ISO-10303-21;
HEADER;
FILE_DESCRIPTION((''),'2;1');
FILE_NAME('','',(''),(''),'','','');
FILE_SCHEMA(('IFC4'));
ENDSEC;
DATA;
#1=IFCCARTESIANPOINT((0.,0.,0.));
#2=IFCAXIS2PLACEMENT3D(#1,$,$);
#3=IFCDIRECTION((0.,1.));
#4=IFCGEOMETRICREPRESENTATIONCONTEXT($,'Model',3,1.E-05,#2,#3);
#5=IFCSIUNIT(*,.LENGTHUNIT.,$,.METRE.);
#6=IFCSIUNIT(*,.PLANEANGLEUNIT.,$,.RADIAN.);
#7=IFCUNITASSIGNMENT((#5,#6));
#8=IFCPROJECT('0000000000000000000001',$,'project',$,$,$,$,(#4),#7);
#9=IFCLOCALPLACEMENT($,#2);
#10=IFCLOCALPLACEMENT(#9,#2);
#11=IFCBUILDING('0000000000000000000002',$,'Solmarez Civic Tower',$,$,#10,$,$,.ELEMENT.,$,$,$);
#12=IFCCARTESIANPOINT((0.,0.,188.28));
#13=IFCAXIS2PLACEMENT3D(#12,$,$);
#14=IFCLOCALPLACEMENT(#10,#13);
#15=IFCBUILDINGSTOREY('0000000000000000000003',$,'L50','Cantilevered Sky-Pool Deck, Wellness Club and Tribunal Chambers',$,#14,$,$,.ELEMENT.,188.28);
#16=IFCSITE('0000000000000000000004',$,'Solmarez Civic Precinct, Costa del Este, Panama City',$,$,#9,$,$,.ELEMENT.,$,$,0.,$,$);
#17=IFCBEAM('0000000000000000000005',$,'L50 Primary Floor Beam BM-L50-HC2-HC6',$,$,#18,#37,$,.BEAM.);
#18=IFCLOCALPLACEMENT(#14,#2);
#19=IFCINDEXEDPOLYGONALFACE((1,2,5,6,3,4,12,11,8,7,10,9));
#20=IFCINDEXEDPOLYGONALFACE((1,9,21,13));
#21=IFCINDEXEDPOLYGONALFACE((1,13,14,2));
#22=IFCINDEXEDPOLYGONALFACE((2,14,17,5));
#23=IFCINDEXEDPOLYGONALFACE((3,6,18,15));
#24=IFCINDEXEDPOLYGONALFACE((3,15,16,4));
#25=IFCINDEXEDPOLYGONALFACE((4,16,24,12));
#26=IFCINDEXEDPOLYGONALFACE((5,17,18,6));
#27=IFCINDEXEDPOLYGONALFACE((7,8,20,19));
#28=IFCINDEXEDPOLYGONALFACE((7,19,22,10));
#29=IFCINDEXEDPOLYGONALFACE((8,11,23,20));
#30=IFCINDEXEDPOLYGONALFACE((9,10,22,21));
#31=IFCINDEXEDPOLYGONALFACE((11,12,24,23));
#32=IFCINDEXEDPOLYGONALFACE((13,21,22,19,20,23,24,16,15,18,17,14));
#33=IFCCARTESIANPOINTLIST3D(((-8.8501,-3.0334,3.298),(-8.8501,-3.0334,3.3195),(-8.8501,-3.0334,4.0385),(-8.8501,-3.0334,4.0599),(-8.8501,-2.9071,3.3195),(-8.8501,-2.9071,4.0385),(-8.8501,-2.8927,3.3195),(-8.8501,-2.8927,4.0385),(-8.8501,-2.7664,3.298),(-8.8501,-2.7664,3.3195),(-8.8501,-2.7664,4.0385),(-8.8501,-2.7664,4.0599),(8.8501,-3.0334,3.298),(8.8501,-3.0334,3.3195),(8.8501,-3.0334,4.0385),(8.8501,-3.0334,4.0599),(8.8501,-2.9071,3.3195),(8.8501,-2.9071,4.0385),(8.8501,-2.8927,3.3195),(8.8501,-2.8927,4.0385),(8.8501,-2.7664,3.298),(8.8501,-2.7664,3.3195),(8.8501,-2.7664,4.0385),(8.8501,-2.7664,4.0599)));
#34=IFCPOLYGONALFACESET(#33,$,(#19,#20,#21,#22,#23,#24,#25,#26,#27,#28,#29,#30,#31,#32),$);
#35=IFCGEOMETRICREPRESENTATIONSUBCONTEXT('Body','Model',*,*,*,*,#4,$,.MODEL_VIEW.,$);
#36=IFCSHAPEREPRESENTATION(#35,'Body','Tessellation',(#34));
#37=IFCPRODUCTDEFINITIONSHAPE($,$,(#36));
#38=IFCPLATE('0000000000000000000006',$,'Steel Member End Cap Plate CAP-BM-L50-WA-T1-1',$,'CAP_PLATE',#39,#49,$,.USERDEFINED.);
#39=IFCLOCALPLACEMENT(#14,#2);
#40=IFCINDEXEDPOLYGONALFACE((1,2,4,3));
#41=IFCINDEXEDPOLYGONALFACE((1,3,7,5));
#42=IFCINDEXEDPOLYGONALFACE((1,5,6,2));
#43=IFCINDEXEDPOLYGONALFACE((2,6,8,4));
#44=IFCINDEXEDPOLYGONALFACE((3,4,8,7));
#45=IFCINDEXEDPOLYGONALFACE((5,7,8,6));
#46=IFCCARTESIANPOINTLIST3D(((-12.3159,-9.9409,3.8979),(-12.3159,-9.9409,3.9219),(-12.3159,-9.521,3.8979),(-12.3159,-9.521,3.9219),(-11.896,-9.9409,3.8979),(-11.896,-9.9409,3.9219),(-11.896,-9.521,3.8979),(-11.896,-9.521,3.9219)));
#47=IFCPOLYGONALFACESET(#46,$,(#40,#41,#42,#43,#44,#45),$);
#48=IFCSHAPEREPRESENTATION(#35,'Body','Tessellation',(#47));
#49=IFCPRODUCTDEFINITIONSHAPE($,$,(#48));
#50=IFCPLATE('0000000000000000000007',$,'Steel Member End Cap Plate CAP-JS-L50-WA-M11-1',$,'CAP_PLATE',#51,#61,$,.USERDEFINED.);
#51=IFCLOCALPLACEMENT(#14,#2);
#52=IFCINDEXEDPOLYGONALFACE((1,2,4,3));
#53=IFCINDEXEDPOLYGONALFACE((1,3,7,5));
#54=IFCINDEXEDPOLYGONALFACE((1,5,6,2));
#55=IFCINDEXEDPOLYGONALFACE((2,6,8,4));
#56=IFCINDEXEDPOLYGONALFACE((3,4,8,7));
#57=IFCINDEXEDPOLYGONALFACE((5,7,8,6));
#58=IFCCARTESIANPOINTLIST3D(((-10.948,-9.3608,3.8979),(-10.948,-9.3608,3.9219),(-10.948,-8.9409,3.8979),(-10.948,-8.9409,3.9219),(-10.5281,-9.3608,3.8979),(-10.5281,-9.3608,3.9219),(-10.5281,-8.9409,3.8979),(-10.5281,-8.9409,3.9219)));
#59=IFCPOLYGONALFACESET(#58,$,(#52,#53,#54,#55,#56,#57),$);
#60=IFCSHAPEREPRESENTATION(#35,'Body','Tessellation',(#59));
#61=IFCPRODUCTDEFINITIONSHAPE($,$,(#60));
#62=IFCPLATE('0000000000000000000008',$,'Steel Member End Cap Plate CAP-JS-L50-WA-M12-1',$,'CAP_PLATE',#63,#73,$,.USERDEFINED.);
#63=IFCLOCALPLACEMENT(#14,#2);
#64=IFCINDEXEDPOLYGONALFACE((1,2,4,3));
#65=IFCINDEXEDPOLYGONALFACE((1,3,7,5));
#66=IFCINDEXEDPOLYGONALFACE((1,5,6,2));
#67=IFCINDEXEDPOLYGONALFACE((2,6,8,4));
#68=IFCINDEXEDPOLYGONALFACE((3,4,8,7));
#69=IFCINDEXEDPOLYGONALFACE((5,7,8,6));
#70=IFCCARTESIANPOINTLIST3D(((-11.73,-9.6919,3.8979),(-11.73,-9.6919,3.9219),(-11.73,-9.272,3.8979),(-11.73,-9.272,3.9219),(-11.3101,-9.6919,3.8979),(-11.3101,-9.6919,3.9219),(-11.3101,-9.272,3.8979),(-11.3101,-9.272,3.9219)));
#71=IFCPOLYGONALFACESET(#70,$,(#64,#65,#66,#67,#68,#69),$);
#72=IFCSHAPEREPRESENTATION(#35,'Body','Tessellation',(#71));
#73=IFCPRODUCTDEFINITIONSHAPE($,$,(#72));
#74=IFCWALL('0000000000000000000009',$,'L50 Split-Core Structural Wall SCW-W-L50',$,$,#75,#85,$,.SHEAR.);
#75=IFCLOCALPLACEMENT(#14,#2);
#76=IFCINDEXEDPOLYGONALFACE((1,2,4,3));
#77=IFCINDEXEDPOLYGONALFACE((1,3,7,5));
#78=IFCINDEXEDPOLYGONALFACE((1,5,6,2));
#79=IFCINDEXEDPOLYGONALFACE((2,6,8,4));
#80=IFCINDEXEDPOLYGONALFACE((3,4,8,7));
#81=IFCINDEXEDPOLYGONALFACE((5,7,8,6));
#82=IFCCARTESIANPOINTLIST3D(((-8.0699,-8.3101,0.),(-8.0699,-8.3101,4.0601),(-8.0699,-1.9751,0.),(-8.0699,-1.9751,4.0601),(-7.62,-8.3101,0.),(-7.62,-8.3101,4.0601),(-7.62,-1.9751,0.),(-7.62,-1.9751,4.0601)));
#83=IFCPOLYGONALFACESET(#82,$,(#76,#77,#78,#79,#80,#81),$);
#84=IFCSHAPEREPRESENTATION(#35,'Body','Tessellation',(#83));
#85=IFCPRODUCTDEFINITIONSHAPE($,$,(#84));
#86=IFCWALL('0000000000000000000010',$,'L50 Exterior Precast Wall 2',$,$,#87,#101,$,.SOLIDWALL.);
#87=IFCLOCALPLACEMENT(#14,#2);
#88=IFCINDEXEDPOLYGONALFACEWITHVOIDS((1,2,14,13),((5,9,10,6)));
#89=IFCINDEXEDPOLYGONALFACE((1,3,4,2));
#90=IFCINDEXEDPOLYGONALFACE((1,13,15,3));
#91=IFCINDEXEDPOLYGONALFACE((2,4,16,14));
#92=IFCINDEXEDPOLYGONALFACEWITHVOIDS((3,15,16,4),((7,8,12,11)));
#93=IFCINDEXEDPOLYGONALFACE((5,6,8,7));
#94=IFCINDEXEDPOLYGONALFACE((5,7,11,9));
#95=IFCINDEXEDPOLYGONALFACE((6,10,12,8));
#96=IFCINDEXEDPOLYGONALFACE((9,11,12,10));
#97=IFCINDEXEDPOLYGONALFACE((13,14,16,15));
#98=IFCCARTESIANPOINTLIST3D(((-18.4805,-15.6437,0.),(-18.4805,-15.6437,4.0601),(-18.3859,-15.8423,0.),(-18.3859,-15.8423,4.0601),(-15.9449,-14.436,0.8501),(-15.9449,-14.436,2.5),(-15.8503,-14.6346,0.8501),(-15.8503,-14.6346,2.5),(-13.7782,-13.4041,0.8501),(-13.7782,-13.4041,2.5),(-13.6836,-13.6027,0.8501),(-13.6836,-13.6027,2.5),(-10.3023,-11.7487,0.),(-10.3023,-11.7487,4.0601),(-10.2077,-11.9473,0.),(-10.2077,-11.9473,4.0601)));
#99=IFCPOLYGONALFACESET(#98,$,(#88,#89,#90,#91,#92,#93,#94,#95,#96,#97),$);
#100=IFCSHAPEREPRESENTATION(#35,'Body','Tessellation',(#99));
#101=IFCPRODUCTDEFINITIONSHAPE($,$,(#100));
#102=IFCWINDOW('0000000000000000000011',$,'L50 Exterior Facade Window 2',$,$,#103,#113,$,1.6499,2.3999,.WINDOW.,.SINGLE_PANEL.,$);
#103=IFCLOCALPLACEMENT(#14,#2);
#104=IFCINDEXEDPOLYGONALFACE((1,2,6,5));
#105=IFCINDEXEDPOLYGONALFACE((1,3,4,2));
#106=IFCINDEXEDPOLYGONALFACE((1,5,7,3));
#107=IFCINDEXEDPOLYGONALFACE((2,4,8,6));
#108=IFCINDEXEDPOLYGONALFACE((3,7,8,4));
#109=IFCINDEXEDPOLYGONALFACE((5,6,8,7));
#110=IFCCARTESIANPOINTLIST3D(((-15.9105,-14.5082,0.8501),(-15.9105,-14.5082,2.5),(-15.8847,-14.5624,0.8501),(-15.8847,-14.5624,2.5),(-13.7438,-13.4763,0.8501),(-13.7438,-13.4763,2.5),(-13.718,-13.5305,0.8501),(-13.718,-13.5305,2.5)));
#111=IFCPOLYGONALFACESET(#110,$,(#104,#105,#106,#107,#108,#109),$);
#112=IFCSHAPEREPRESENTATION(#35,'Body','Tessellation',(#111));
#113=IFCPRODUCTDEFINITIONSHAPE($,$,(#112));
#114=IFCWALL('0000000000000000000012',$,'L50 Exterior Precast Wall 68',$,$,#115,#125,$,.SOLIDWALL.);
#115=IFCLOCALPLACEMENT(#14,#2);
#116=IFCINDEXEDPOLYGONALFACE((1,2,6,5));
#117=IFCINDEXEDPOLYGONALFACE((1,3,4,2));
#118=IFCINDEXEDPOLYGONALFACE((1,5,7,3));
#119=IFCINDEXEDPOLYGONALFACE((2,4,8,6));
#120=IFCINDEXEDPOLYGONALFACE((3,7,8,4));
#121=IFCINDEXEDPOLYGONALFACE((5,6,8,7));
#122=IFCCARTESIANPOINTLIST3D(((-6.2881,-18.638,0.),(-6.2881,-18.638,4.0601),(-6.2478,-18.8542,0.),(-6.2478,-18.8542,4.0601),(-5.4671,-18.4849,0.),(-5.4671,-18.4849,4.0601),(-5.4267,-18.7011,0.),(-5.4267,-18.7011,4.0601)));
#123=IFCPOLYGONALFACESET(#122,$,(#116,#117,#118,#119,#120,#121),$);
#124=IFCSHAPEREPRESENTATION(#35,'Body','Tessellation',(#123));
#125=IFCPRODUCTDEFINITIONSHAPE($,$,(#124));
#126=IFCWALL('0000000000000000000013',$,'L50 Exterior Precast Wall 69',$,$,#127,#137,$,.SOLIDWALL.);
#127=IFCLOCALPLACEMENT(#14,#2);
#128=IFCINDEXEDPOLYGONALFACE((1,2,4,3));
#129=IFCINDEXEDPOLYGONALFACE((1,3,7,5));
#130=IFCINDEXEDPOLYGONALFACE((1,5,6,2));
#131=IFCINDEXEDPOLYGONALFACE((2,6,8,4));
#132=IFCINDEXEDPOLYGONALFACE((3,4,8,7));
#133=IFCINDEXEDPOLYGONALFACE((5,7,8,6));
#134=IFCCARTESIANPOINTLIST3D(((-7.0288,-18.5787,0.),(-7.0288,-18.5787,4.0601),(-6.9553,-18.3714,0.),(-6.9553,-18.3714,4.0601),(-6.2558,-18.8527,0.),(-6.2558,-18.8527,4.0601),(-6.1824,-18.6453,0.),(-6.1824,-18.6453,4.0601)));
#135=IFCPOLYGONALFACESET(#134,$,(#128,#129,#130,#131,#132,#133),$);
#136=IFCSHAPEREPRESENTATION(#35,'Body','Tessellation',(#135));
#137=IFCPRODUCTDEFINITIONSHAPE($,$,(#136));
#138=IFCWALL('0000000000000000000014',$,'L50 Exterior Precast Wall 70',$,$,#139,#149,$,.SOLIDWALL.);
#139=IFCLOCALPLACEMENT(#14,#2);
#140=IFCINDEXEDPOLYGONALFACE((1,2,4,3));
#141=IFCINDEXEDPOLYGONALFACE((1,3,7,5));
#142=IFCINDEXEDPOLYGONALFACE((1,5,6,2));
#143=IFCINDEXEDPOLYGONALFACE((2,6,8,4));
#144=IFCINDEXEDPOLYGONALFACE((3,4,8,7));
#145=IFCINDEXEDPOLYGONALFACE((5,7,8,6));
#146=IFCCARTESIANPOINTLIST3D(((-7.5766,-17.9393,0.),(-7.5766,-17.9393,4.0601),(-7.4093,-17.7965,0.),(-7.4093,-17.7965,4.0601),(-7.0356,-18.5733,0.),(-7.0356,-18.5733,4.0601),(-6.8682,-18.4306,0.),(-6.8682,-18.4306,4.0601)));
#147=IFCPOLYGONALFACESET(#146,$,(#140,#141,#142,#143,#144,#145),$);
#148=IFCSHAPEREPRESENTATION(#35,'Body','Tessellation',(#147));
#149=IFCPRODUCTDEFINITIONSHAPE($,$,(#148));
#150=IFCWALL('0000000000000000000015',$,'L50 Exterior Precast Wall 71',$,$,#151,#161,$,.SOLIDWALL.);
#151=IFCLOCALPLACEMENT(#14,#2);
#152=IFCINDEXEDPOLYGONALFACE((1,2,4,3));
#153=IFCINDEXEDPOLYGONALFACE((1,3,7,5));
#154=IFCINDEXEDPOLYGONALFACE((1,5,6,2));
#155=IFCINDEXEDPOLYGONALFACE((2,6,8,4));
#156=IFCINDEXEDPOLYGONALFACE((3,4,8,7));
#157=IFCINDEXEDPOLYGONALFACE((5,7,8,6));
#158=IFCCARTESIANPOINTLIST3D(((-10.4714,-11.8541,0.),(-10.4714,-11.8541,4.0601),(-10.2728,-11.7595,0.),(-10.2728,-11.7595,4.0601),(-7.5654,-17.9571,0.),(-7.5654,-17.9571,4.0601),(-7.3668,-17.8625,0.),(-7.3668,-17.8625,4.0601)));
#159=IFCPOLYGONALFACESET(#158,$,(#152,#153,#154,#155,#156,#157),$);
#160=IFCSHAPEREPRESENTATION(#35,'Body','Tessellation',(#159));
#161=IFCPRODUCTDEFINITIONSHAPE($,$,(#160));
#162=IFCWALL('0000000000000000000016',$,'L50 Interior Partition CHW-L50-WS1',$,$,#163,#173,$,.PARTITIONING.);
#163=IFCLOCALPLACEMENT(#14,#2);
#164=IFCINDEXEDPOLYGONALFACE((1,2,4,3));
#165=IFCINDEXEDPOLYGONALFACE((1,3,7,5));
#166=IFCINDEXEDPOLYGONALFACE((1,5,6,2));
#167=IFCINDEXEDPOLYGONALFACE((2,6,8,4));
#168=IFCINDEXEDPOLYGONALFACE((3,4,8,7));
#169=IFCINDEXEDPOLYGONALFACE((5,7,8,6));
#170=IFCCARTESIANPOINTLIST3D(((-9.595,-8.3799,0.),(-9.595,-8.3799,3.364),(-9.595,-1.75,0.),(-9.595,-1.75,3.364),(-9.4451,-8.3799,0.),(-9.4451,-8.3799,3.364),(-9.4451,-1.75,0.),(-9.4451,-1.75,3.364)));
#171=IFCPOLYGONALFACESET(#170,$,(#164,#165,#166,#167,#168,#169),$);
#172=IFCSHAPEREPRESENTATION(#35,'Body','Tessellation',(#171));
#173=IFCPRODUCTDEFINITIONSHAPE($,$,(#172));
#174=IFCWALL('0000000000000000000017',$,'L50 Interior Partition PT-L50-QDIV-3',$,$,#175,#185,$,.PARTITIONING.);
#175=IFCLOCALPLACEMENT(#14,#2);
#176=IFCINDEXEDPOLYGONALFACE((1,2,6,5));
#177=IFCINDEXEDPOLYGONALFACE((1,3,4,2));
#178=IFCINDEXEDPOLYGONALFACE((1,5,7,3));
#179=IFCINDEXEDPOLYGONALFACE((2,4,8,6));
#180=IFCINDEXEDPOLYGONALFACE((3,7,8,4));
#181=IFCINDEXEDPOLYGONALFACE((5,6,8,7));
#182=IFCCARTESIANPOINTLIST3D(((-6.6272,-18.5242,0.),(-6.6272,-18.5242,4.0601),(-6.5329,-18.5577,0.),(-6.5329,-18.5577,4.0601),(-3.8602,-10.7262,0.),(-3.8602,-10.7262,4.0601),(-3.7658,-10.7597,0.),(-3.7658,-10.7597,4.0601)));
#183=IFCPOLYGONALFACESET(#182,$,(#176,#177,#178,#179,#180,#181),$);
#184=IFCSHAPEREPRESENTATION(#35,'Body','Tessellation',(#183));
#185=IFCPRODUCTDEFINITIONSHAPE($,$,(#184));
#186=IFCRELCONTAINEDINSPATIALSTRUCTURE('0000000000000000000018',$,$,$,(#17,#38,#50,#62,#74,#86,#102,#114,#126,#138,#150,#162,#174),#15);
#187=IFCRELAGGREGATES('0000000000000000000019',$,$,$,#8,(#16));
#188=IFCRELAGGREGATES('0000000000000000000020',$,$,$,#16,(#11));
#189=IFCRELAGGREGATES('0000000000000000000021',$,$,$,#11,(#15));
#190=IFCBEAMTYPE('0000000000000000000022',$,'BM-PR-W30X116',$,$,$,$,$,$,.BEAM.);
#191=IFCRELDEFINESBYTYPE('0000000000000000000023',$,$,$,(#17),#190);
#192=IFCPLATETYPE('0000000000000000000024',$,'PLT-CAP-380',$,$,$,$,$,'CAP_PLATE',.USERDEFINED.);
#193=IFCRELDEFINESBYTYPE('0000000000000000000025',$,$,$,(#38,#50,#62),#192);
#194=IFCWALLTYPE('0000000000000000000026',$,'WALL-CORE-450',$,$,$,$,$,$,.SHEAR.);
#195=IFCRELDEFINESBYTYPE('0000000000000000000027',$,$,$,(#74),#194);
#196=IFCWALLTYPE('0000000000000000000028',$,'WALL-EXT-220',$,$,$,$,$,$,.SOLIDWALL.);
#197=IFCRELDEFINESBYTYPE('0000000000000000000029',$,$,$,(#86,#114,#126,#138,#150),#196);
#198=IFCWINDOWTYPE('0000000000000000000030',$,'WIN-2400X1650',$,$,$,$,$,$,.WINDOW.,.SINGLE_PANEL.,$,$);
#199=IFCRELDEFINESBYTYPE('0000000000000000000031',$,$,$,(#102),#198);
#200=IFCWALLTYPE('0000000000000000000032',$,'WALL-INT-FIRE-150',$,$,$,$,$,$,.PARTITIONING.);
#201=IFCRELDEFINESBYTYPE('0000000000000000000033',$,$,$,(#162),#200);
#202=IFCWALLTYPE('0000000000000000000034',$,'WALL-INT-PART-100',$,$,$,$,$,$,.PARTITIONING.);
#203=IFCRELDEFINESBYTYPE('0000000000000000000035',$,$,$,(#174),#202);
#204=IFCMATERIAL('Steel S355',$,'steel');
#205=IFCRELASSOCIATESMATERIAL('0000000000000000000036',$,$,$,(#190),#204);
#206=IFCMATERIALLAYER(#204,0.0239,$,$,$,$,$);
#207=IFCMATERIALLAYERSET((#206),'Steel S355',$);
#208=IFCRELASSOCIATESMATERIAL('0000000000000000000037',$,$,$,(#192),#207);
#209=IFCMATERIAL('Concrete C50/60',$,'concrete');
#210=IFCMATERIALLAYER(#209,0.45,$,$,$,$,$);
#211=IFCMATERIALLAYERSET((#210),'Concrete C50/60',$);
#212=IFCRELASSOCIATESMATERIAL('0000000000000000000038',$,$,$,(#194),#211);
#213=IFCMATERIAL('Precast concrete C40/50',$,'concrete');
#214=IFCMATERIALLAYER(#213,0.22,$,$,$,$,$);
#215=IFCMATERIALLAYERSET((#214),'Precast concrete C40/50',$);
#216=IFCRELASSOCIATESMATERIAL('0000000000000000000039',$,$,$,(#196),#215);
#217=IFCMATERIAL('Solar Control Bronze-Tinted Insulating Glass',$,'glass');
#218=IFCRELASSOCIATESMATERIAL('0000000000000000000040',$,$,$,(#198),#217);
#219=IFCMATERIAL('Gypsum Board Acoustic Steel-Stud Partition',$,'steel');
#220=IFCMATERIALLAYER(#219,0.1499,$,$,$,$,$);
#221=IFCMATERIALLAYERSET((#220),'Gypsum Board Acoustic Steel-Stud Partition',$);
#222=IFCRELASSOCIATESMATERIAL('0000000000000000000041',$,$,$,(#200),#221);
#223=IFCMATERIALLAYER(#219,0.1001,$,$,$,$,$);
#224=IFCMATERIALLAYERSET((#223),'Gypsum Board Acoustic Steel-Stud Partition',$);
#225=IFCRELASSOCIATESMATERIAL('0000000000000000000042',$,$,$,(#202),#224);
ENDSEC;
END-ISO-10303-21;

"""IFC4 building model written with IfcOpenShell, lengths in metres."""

from ifc_helpers import new_model, si_unit, direction, frame, frame_2d, origin, origin_2d, place, context, subcontext, project, spatial, rectangle, i_section, extrude, material, layer, layer_set, material_profile, profile_set, type_object, element, fill, save


model = new_model("IFC4")

# Units and contexts
model_context = context("Model", 3, precision=1e-05, world=origin(), true_north=direction((0.0, 1.0)))
body_context = subcontext(model_context, "Body", "Model", "MODEL_VIEW")
ifc_project = project(units=[si_unit("LENGTHUNIT", "METRE"), si_unit("PLANEANGLEUNIT", "RADIAN")], contexts=[model_context])

# Site, building, storey
site_placement = place(None, origin())
site = spatial("IfcSite", under=ifc_project, at=site_placement, Name="Solmarez Civic Precinct, Costa del Este, Panama City", CompositionType="ELEMENT", RefElevation=0.0)
building_placement = place(site_placement, origin())
building = spatial("IfcBuilding", under=site, at=building_placement, Name="Solmarez Civic Tower", CompositionType="ELEMENT")
storey_placement = place(building_placement, frame((0.0, 0.0, 188.28)))
storey = spatial("IfcBuildingStorey", under=building, at=storey_placement, Name="L50", Description="Cantilevered Sky-Pool Deck, Wellness Club and Tribunal Chambers", CompositionType="ELEMENT", Elevation=188.28)

# Shared definitions
ifc_material_1 = material(Name="Concrete C50/60", Category="concrete")
ifc_material_2 = material(Name="Steel S355", Category="steel")

# Beam
ifc_material_profile_1 = material_profile(ifc_material_2, i_section(OverallWidth=0.2671, OverallDepth=0.762, WebThickness=0.0144, FlangeThickness=0.0215, at=origin_2d()), Name="W30X116")
ifc_profile_set_1 = profile_set([ifc_material_profile_1], Name="Steel S355")
beam_type_1 = type_object("IfcBeamType", Name="BM-PR-W30X116", PredefinedType="BEAM", material=ifc_profile_set_1)
beam_1_placement = place(storey_placement, frame((-8.8501, -2.8999, 3.679), z_axis=(1.0, 0.0, 0.0), x_axis=(0.0, 1.0, 0.0)))
element("IfcBeam", 1, at=beam_1_placement, inside=storey, type_object=beam_type_1, Name="L50 Primary Floor Beam BM-L50-HC2-HC6", PredefinedType="BEAM", context=body_context, shape_type="SweptSolid", body=[
    extrude(i_section(OverallWidth=0.2671, OverallDepth=0.762, WebThickness=0.0144, FlangeThickness=0.0215, at=origin_2d()), origin(), (0.0, 0.0, 1.0), 17.7002),
])

# Plates
ifc_layer_1 = layer(ifc_material_2, 0.0239)
ifc_layer_set_1 = layer_set([ifc_layer_1], Name="Steel S355")
plate_type = type_object("IfcPlateType", Name="PLT-CAP-380", ElementType="CAP_PLATE", PredefinedType="USERDEFINED", material=ifc_layer_set_1)
for number, where, z_axis, x_axis, name in (
    (2, (-12.106, -9.731, 3.8979), (0.0, 0.0, 1.0), (1.0, 0.0, 0.0), "Steel Member End Cap Plate CAP-BM-L50-WA-T1-1"),
    (3, (-10.738, -9.1509, 3.8979), (0.0, 0.0, 1.0), (1.0, 0.0, 0.0), "Steel Member End Cap Plate CAP-JS-L50-WA-M11-1"),
    (4, (-11.52, -9.4819, 3.8979), (0.0, 0.0, 1.0), (1.0, 0.0, 0.0), "Steel Member End Cap Plate CAP-JS-L50-WA-M12-1"),
):
    element("IfcPlate", number, at=place(storey_placement, frame(where, z_axis=z_axis, x_axis=x_axis)), inside=storey, type_object=plate_type, Name=name, ObjectType="CAP_PLATE", PredefinedType="USERDEFINED", context=body_context, shape_type="SweptSolid", body=[
        extrude(rectangle(XDim=0.4199, YDim=0.4199, at=origin_2d()), origin(), (0.0, 0.0, 1.0), 0.0239),
    ])

# Wall
ifc_layer_2 = layer(ifc_material_1, 0.45)
ifc_layer_set_2 = layer_set([ifc_layer_2], Name="Concrete C50/60")
wall_type_1 = type_object("IfcWallType", Name="WALL-CORE-450", PredefinedType="SHEAR", material=ifc_layer_set_2)
wall_1_placement = place(storey_placement, frame((-7.845, -8.3101, 0.0), z_axis=(0.0, 0.0, 1.0), x_axis=(0.0, 1.0, 0.0)))
element("IfcWall", 5, at=wall_1_placement, inside=storey, type_object=wall_type_1, Name="L50 Split-Core Structural Wall SCW-W-L50", PredefinedType="SHEAR", context=body_context, shape_type="SweptSolid", body=[
    extrude(rectangle(XDim=6.335, YDim=0.45, at=frame_2d((3.1675, 0.0))), origin(), (0.0, 0.0, 1.0), 4.0601),
])

# Wall, opening, window
ifc_material_3 = material(Name="Precast concrete C40/50", Category="concrete")
ifc_layer_3 = layer(ifc_material_3, 0.22)
ifc_layer_set_3 = layer_set([ifc_layer_3], Name="Precast concrete C40/50")
wall_type_2 = type_object("IfcWallType", Name="WALL-EXT-220", PredefinedType="SOLIDWALL", material=ifc_layer_set_3)
wall_2_placement = place(storey_placement, frame((-10.2549, -11.8479, 0.0), z_axis=(0.0, 0.0, 1.0), x_axis=(-0.902834, -0.42999, 0.0)))
wall_2 = element("IfcWall", 6, at=wall_2_placement, inside=storey, type_object=wall_type_2, Name="L50 Exterior Precast Wall 2", PredefinedType="SOLIDWALL", context=body_context, shape_type="SweptSolid", body=[
    extrude(rectangle(XDim=9.0583, YDim=0.22, at=frame_2d((4.5293, 0.0))), origin(), (0.0, 0.0, 1.0), 4.0601),
])
opening_1_placement = place(wall_2_placement, frame((3.8501, 0.0, 0.8501)))
opening_1 = element("IfcOpeningElement", 7, at=opening_1_placement, cuts=wall_2, PredefinedType="OPENING", context=body_context, shape_type="SweptSolid", body=[
    extrude(rectangle(XDim=2.3999, YDim=1.6499, at=frame_2d((1.2, 0.825))), frame((0.0, 0.1199, 0.0), z_axis=(0.0, -1.0, 0.0), x_axis=(1.0, 0.0, 0.0)), (0.0, 0.0, 1.0), 0.24),
])
ifc_material_4 = material(Name="Solar Control Bronze-Tinted Insulating Glass", Category="glass")
window_type = type_object("IfcWindowType", Name="WIN-2400X1650", PartitioningType="SINGLE_PANEL", PredefinedType="WINDOW", material=ifc_material_4)
window_placement = place(opening_1_placement, origin())
window = element("IfcWindow", 8, at=window_placement, inside=storey, type_object=window_type, Name="L50 Exterior Facade Window 2", OverallHeight=1.6499, OverallWidth=2.3999, PartitioningType="SINGLE_PANEL", PredefinedType="WINDOW", context=body_context, shape_type="SweptSolid", body=[
    extrude(rectangle(XDim=2.3999, YDim=1.6499, at=frame_2d((1.2, 0.825))), frame((0.0, 0.03, 0.0), z_axis=(0.0, -1.0, 0.0), x_axis=(1.0, 0.0, 0.0)), (0.0, 0.0, 1.0), 0.0601),
])
fill(opening_1, window)

# Walls
wall_3_placement = place(storey_placement, frame((-5.447, -18.593, 0.0), z_axis=(0.0, 0.0, 1.0), x_axis=(-0.98306, -0.183282, 0.0)))
element("IfcWall", 9, at=wall_3_placement, inside=storey, type_object=wall_type_2, Name="L50 Exterior Precast Wall 68", PredefinedType="SOLIDWALL", context=body_context, shape_type="SweptSolid", body=[
    extrude(rectangle(XDim=0.8352, YDim=0.22, at=frame_2d((0.4175, 0.0))), origin(), (0.0, 0.0, 1.0), 4.0601),
])
wall_4_placement = place(storey_placement, frame((-6.219, -18.749, 0.0), z_axis=(0.0, 0.0, 1.0), x_axis=(-0.942561, 0.334035, 0.0)))
element("IfcWall", 10, at=wall_4_placement, inside=storey, type_object=wall_type_2, Name="L50 Exterior Precast Wall 69", PredefinedType="SOLIDWALL", context=body_context, shape_type="SweptSolid", body=[
    extrude(rectangle(XDim=0.8201, YDim=0.22, at=frame_2d((0.4102, 0.0))), origin(), (0.0, 0.0, 1.0), 4.0601),
])
wall_5_placement = place(storey_placement, frame((-6.9519, -18.502, 0.0), z_axis=(0.0, 0.0, 1.0), x_axis=(-0.649101, 0.760702, 0.0)))
element("IfcWall", 11, at=wall_5_placement, inside=storey, type_object=wall_type_2, Name="L50 Exterior Precast Wall 70", PredefinedType="SOLIDWALL", context=body_context, shape_type="SweptSolid", body=[
    extrude(rectangle(XDim=0.8335, YDim=0.22, at=frame_2d((0.4167, 0.0))), origin(), (0.0, 0.0, 1.0), 4.0601),
])
wall_6_placement = place(storey_placement, frame((-7.4661, -17.9099, 0.0), z_axis=(0.0, 0.0, 1.0), x_axis=(-0.42991, 0.902872, 0.0)))
element("IfcWall", 12, at=wall_6_placement, inside=storey, type_object=wall_type_2, Name="L50 Exterior Precast Wall 71", PredefinedType="SOLIDWALL", context=body_context, shape_type="SweptSolid", body=[
    extrude(rectangle(XDim=6.7595, YDim=0.22, at=frame_2d((3.3799, 0.0))), origin(), (0.0, 0.0, 1.0), 4.0601),
])
ifc_material_5 = material(Name="Gypsum Board Acoustic Steel-Stud Partition", Category="steel")
ifc_layer_4 = layer(ifc_material_5, 0.1499)
ifc_layer_set_4 = layer_set([ifc_layer_4], Name="Gypsum Board Acoustic Steel-Stud Partition")
wall_type_3 = type_object("IfcWallType", Name="WALL-INT-FIRE-150", PredefinedType="PARTITIONING", material=ifc_layer_set_4)
wall_7_placement = place(storey_placement, frame((-9.52, -8.3799, 0.0), z_axis=(0.0, 0.0, 1.0), x_axis=(0.0, 1.0, 0.0)))
element("IfcWall", 13, at=wall_7_placement, inside=storey, type_object=wall_type_3, Name="L50 Interior Partition CHW-L50-WS1", PredefinedType="PARTITIONING", context=body_context, shape_type="SweptSolid", body=[
    extrude(rectangle(XDim=6.6299, YDim=0.1499, at=frame_2d((3.3149, 0.0))), origin(), (0.0, 0.0, 1.0), 3.364),
])
ifc_layer_5 = layer(ifc_material_5, 0.1001)
ifc_layer_set_5 = layer_set([ifc_layer_5], Name="Gypsum Board Acoustic Steel-Stud Partition")
wall_type_4 = type_object("IfcWallType", Name="WALL-INT-PART-100", PredefinedType="PARTITIONING", material=ifc_layer_set_5)
wall_8_placement = place(storey_placement, frame((-3.813, -10.7429, 0.0), z_axis=(0.0, 0.0, 1.0), x_axis=(-0.334412, -0.942427, 0.0)))
element("IfcWall", 14, at=wall_8_placement, inside=storey, type_object=wall_type_4, Name="L50 Interior Partition PT-L50-QDIV-3", PredefinedType="PARTITIONING", context=body_context, shape_type="SweptSolid", body=[
    extrude(rectangle(XDim=8.2744, YDim=0.1001, at=frame_2d((4.1372, 0.0))), origin(), (0.0, 0.0, 1.0), 4.0601),
])

save(model, "model.ifc")
